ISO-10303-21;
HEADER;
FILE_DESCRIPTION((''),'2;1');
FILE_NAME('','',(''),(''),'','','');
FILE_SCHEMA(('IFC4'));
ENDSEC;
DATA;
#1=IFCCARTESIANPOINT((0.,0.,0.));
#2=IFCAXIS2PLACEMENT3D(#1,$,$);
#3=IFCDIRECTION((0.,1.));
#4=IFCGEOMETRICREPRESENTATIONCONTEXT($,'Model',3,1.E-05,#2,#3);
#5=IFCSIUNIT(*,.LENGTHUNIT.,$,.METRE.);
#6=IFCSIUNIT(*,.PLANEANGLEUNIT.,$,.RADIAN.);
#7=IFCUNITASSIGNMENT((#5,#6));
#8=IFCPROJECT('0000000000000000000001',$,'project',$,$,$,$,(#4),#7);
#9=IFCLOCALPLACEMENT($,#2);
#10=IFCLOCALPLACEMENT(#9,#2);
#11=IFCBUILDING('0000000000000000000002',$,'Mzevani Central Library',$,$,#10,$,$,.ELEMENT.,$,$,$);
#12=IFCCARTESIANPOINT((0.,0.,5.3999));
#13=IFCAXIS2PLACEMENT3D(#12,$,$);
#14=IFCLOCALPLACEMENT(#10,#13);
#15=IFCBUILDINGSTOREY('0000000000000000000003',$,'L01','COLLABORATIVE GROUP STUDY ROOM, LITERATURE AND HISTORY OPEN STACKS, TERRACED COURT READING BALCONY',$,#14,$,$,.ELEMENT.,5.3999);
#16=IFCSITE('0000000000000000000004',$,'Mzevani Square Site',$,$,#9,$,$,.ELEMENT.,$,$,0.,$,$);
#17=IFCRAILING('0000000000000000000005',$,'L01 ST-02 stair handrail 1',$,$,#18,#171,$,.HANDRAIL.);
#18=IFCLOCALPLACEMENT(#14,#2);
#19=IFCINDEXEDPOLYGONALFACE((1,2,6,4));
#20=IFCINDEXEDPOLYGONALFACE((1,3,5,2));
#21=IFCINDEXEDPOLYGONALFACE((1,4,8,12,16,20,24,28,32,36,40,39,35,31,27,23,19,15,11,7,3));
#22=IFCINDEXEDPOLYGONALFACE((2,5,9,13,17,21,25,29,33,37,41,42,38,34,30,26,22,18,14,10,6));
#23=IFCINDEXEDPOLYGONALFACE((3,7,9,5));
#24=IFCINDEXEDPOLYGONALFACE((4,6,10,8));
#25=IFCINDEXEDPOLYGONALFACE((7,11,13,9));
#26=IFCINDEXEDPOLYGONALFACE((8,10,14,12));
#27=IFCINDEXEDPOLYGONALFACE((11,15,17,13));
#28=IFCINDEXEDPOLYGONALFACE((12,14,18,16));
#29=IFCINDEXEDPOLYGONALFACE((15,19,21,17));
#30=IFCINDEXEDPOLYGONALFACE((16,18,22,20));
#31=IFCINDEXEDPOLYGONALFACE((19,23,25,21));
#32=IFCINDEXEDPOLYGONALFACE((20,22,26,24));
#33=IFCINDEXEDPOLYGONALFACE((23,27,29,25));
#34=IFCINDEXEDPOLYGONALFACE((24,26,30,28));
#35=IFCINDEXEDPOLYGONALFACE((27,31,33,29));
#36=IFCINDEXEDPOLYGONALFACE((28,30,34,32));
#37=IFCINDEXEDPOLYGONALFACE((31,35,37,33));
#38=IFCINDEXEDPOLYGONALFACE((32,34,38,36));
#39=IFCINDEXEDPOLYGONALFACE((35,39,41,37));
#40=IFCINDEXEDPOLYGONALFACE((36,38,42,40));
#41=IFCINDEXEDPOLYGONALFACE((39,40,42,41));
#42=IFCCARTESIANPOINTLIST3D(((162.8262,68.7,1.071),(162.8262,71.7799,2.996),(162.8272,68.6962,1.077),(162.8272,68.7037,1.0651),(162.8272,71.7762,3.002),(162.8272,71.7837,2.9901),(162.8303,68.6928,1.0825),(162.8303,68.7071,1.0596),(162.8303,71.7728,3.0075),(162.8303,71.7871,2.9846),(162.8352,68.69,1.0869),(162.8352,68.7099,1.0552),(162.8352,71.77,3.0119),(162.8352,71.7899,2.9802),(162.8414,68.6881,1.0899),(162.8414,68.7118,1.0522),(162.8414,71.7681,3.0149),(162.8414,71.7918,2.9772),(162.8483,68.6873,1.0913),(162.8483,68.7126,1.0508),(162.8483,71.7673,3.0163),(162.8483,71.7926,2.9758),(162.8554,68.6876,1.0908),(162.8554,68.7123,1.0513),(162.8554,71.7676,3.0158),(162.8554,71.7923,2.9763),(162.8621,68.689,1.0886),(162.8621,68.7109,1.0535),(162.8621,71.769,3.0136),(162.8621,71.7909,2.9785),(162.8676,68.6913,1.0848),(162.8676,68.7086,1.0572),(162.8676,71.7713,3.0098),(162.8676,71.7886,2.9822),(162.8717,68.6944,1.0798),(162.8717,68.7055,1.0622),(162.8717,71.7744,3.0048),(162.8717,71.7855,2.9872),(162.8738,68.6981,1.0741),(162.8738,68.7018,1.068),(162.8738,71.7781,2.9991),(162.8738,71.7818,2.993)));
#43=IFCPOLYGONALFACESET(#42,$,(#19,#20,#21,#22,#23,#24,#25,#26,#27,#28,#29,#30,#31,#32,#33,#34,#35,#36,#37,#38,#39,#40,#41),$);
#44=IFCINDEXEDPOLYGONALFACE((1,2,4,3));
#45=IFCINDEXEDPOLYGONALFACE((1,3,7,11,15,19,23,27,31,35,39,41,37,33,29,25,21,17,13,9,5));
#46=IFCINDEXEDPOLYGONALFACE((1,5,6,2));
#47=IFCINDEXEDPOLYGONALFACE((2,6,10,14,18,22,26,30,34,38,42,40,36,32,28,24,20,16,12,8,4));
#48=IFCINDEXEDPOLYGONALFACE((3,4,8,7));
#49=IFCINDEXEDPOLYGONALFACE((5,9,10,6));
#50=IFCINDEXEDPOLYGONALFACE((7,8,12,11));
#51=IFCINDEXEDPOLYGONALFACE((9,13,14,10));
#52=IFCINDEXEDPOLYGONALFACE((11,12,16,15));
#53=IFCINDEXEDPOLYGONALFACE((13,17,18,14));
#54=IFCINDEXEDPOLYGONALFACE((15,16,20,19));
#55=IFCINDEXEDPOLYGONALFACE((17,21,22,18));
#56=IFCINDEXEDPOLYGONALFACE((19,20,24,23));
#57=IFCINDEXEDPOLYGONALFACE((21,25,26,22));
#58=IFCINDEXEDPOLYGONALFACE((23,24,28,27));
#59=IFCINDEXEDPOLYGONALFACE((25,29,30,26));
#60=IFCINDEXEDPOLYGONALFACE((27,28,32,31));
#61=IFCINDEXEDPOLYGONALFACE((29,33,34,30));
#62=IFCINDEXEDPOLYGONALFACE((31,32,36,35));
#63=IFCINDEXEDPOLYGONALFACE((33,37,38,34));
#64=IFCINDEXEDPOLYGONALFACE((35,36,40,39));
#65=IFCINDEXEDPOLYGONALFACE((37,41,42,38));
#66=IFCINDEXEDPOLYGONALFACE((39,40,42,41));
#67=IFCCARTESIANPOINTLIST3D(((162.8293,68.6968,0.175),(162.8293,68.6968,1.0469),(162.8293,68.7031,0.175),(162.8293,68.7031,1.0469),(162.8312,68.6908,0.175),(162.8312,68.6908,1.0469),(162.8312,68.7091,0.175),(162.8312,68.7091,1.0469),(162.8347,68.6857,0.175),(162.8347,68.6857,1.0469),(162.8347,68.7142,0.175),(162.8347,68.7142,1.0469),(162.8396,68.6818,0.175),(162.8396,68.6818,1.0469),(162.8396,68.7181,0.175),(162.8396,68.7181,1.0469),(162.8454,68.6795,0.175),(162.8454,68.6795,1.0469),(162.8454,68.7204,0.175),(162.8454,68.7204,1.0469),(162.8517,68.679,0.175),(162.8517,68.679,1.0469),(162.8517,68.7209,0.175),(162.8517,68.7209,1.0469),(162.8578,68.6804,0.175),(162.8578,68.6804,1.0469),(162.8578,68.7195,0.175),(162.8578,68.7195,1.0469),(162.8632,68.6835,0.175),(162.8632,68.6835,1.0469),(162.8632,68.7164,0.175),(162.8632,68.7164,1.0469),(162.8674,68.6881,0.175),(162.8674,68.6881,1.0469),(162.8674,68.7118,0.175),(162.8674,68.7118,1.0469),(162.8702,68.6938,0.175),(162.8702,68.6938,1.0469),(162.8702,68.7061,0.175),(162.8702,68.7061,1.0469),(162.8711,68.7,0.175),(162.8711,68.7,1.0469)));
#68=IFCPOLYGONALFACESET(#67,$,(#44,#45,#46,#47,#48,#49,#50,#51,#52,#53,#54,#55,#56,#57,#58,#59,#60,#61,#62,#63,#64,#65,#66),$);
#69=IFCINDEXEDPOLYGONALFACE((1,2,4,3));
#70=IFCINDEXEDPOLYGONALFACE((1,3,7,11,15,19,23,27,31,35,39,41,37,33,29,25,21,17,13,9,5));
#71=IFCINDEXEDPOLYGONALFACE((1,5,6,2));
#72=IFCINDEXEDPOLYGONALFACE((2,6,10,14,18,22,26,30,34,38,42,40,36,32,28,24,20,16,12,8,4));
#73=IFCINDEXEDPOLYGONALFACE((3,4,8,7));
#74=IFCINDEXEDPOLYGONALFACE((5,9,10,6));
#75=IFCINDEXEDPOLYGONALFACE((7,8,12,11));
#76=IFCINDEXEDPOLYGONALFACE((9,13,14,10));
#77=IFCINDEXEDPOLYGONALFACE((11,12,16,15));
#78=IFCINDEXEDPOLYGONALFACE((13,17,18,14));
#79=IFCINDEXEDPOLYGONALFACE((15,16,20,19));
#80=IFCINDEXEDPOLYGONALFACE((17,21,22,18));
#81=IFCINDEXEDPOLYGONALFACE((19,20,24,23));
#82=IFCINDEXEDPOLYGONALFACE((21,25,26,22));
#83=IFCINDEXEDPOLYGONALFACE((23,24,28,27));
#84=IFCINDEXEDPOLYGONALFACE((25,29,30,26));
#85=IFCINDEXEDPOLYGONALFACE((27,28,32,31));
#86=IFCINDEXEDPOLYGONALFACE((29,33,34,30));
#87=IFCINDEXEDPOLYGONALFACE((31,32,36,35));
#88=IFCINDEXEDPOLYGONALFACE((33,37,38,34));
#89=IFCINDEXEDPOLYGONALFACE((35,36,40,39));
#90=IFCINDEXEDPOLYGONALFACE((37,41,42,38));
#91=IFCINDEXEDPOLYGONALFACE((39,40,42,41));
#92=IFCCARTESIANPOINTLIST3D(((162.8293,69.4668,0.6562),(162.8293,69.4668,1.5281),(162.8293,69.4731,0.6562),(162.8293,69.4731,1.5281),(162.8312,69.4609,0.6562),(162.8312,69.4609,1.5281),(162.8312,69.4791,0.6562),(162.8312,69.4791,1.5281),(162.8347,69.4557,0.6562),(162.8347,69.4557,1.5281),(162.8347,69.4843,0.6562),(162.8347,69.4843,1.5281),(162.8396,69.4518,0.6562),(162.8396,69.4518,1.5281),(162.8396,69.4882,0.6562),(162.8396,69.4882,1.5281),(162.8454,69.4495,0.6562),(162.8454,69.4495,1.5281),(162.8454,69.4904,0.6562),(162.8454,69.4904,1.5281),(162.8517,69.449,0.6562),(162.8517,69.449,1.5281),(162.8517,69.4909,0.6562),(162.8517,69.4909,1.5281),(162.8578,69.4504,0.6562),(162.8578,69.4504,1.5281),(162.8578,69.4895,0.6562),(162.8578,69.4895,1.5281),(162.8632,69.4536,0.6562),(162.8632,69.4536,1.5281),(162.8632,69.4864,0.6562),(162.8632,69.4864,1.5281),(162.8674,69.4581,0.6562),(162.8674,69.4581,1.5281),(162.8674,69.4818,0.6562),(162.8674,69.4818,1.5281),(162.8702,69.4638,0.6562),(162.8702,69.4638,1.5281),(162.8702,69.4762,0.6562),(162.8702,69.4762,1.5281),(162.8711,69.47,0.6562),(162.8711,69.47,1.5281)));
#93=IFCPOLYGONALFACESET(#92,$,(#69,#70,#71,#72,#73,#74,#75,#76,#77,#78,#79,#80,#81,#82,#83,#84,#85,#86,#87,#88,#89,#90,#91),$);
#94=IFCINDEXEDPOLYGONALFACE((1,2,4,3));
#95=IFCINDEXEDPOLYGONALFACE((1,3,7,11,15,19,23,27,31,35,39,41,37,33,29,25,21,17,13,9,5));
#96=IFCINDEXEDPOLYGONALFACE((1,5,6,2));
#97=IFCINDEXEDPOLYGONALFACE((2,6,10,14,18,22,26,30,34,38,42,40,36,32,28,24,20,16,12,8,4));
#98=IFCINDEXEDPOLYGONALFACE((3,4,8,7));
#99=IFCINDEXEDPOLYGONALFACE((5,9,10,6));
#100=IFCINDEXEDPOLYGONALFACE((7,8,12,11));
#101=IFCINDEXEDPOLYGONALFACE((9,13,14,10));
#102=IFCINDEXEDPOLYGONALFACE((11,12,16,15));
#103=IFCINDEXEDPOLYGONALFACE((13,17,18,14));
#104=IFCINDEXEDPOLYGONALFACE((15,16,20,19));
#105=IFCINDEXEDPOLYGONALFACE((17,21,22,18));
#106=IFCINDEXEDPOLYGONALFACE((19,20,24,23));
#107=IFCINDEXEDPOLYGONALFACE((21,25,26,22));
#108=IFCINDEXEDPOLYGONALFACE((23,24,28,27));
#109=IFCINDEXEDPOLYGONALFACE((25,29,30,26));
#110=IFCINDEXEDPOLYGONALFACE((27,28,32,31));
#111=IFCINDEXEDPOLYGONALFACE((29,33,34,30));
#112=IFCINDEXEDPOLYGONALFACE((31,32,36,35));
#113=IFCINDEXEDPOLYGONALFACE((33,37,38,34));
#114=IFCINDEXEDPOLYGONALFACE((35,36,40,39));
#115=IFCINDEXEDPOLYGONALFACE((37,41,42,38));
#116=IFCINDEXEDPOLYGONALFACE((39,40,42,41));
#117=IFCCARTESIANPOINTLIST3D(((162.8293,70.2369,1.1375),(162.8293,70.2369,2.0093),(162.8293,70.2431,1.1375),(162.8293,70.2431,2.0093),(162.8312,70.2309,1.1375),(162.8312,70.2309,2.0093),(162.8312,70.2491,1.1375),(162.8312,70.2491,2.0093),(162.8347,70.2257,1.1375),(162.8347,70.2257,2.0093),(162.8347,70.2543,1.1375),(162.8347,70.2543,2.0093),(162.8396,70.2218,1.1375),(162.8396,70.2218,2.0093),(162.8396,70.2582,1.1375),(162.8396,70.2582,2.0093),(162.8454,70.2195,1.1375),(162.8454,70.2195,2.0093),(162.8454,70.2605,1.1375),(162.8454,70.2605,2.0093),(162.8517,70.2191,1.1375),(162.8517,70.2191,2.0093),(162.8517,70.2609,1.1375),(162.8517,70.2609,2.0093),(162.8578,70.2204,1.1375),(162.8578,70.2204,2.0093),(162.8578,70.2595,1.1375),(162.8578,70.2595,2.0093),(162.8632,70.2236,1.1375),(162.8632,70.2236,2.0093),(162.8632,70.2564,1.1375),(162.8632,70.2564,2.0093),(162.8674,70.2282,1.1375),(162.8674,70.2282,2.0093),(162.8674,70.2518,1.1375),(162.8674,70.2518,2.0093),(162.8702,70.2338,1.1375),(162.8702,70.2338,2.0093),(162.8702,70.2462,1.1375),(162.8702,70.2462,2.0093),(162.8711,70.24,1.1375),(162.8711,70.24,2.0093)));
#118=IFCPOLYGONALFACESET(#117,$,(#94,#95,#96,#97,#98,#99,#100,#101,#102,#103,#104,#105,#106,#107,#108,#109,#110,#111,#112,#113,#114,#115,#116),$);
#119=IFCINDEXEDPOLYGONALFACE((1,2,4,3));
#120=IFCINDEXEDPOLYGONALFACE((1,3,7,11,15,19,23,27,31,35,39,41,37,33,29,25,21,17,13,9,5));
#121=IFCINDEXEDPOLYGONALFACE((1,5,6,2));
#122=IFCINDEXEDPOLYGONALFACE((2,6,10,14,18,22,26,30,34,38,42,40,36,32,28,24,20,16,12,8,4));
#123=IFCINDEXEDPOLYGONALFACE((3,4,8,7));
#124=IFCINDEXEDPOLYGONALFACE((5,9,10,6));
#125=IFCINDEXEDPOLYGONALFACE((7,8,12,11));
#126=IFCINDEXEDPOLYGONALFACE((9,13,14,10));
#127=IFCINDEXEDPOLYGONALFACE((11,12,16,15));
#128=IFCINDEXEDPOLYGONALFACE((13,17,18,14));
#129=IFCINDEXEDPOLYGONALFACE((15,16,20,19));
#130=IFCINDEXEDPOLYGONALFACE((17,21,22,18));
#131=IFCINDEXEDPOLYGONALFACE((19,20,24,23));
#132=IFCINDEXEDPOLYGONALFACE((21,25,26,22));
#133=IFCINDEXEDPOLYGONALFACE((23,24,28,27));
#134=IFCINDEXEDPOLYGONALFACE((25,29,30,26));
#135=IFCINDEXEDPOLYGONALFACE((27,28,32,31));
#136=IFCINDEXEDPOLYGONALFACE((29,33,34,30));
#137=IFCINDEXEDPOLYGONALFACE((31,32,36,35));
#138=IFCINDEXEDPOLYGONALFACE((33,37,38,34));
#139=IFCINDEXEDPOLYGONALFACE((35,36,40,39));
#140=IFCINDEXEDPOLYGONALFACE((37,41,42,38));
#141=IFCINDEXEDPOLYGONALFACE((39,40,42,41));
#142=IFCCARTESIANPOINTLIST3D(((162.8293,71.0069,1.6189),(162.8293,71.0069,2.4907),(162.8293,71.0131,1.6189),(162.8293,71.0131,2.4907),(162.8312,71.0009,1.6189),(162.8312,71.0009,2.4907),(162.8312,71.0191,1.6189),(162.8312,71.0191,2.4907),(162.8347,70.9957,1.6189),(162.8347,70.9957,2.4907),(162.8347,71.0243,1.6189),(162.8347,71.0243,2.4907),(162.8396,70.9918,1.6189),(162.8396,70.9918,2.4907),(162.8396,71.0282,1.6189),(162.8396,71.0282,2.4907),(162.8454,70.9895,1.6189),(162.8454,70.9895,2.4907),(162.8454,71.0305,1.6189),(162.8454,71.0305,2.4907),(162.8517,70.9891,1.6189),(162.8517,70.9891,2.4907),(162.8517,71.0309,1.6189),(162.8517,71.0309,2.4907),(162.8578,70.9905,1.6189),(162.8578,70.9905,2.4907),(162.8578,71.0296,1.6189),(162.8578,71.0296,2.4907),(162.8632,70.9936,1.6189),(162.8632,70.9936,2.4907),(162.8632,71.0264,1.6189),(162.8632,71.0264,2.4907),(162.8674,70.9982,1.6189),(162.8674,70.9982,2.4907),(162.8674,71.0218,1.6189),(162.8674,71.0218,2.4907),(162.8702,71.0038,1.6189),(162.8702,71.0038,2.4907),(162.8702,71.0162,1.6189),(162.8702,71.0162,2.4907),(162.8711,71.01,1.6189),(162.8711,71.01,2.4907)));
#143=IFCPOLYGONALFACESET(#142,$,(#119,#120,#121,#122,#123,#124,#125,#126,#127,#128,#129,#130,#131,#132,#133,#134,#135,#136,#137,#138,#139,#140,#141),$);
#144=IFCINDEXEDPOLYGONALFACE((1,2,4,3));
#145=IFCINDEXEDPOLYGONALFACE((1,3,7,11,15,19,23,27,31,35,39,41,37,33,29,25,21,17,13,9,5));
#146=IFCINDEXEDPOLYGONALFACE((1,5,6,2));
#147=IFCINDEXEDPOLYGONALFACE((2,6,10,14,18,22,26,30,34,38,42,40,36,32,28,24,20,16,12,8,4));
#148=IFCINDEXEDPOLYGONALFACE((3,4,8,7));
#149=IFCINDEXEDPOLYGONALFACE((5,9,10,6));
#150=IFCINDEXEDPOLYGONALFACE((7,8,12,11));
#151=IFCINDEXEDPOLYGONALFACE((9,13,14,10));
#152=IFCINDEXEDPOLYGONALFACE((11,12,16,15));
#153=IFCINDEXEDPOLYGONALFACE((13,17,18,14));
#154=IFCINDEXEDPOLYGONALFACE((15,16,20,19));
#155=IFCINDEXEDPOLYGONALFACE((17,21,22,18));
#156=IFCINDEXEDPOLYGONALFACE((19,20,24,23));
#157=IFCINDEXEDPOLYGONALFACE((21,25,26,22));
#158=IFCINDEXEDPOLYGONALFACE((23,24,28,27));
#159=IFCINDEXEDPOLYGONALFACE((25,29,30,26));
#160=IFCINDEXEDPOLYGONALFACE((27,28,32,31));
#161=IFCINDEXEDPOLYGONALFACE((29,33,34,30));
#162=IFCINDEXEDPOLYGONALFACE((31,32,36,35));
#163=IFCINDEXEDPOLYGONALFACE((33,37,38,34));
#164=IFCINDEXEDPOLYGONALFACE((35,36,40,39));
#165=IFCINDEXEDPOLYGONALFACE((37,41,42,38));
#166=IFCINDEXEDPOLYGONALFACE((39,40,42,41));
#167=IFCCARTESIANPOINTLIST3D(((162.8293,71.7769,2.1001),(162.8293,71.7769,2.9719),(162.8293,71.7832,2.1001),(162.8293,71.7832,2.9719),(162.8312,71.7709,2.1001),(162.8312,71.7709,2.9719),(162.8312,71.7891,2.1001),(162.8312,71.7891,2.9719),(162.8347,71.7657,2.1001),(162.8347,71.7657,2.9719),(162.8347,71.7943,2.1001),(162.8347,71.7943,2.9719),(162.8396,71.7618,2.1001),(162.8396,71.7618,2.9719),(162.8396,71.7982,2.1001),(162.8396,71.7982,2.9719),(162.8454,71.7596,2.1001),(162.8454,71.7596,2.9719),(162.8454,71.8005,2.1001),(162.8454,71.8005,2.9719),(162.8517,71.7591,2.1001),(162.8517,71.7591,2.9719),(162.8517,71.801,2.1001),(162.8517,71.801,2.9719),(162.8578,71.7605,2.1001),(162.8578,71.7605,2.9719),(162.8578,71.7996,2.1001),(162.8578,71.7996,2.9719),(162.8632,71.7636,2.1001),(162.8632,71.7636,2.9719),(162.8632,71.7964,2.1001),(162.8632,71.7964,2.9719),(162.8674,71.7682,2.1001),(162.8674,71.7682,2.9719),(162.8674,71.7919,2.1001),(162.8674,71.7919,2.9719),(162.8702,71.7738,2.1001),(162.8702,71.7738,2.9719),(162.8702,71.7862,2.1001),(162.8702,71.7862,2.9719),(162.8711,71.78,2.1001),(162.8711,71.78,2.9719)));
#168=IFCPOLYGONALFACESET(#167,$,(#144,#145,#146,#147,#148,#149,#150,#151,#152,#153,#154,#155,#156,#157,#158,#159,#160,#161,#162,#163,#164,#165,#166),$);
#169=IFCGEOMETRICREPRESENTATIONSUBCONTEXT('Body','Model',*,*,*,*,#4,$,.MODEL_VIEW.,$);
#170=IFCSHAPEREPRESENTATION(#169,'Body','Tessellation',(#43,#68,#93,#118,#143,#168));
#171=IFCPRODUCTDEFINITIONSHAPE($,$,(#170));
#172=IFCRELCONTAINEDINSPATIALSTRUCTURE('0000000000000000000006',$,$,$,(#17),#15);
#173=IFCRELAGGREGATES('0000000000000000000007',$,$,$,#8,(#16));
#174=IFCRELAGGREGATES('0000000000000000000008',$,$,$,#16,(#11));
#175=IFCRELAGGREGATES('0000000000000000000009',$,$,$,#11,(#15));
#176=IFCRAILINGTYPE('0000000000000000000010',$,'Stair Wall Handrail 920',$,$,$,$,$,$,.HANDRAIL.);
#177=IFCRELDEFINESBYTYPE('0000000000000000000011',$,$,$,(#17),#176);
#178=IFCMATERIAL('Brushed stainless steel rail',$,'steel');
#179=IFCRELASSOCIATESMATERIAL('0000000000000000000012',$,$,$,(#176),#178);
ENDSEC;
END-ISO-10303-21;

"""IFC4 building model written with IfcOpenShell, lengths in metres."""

from ifc_helpers import new_model, si_unit, direction, frame, origin, origin_2d, place, context, subcontext, project, spatial, circle, extrude, material, type_object, element, save


model = new_model("IFC4")

# Units and contexts
model_context = context("Model", 3, precision=1e-05, world=origin(), true_north=direction((0.0, 1.0)))
body_context = subcontext(model_context, "Body", "Model", "MODEL_VIEW")
ifc_project = project(units=[si_unit("LENGTHUNIT", "METRE"), si_unit("PLANEANGLEUNIT", "RADIAN")], contexts=[model_context])

# Site, building, storey
site_placement = place(None, origin())
site = spatial("IfcSite", under=ifc_project, at=site_placement, Name="Mzevani Square Site", CompositionType="ELEMENT", RefElevation=0.0)
building_placement = place(site_placement, origin())
building = spatial("IfcBuilding", under=site, at=building_placement, Name="Mzevani Central Library", CompositionType="ELEMENT")
storey_placement = place(building_placement, frame((0.0, 0.0, 5.3999)))
storey = spatial("IfcBuildingStorey", under=building, at=storey_placement, Name="L01", Description="COLLABORATIVE GROUP STUDY ROOM, LITERATURE AND HISTORY OPEN STACKS, TERRACED COURT READING BALCONY", CompositionType="ELEMENT", Elevation=5.3999)

# Shared definitions
ifc_material_1 = material(Name="Brushed stainless steel rail", Category="steel")

# Railing
railing_type_1 = type_object("IfcRailingType", Name="Stair Wall Handrail 920", PredefinedType="HANDRAIL", material=ifc_material_1)
railing_1_placement = place(storey_placement, frame((162.8501, 68.7, 0.175)))
element("IfcRailing", 1, at=railing_1_placement, inside=storey, type_object=railing_type_1, Name="L01 ST-02 stair handrail 1", PredefinedType="HANDRAIL", context=body_context, shape_type="SweptSolid", body=[
    extrude(circle(Radius=0.0239, at=origin_2d()), frame((0.0, 0.0, 0.896), z_axis=(0.0, 0.847998, 0.529999), x_axis=(-1.0, 0.0, 0.0)), (0.0, 0.0, 1.0), 3.6321),
    extrude(circle(Radius=0.021, at=origin_2d()), origin(), (0.0, 0.0, 1.0), 0.8718),
    extrude(circle(Radius=0.021, at=origin_2d()), frame((0.0, 0.77, 0.4812)), (0.0, 0.0, 1.0), 0.8718),
    extrude(circle(Radius=0.021, at=origin_2d()), frame((0.0, 1.54, 0.9624)), (0.0, 0.0, 1.0), 0.8718),
    extrude(circle(Radius=0.021, at=origin_2d()), frame((0.0, 2.3101, 1.4438)), (0.0, 0.0, 1.0), 0.8718),
    extrude(circle(Radius=0.021, at=origin_2d()), frame((0.0, 3.0801, 1.925)), (0.0, 0.0, 1.0), 0.8718),
])

save(model, "model.ifc")
